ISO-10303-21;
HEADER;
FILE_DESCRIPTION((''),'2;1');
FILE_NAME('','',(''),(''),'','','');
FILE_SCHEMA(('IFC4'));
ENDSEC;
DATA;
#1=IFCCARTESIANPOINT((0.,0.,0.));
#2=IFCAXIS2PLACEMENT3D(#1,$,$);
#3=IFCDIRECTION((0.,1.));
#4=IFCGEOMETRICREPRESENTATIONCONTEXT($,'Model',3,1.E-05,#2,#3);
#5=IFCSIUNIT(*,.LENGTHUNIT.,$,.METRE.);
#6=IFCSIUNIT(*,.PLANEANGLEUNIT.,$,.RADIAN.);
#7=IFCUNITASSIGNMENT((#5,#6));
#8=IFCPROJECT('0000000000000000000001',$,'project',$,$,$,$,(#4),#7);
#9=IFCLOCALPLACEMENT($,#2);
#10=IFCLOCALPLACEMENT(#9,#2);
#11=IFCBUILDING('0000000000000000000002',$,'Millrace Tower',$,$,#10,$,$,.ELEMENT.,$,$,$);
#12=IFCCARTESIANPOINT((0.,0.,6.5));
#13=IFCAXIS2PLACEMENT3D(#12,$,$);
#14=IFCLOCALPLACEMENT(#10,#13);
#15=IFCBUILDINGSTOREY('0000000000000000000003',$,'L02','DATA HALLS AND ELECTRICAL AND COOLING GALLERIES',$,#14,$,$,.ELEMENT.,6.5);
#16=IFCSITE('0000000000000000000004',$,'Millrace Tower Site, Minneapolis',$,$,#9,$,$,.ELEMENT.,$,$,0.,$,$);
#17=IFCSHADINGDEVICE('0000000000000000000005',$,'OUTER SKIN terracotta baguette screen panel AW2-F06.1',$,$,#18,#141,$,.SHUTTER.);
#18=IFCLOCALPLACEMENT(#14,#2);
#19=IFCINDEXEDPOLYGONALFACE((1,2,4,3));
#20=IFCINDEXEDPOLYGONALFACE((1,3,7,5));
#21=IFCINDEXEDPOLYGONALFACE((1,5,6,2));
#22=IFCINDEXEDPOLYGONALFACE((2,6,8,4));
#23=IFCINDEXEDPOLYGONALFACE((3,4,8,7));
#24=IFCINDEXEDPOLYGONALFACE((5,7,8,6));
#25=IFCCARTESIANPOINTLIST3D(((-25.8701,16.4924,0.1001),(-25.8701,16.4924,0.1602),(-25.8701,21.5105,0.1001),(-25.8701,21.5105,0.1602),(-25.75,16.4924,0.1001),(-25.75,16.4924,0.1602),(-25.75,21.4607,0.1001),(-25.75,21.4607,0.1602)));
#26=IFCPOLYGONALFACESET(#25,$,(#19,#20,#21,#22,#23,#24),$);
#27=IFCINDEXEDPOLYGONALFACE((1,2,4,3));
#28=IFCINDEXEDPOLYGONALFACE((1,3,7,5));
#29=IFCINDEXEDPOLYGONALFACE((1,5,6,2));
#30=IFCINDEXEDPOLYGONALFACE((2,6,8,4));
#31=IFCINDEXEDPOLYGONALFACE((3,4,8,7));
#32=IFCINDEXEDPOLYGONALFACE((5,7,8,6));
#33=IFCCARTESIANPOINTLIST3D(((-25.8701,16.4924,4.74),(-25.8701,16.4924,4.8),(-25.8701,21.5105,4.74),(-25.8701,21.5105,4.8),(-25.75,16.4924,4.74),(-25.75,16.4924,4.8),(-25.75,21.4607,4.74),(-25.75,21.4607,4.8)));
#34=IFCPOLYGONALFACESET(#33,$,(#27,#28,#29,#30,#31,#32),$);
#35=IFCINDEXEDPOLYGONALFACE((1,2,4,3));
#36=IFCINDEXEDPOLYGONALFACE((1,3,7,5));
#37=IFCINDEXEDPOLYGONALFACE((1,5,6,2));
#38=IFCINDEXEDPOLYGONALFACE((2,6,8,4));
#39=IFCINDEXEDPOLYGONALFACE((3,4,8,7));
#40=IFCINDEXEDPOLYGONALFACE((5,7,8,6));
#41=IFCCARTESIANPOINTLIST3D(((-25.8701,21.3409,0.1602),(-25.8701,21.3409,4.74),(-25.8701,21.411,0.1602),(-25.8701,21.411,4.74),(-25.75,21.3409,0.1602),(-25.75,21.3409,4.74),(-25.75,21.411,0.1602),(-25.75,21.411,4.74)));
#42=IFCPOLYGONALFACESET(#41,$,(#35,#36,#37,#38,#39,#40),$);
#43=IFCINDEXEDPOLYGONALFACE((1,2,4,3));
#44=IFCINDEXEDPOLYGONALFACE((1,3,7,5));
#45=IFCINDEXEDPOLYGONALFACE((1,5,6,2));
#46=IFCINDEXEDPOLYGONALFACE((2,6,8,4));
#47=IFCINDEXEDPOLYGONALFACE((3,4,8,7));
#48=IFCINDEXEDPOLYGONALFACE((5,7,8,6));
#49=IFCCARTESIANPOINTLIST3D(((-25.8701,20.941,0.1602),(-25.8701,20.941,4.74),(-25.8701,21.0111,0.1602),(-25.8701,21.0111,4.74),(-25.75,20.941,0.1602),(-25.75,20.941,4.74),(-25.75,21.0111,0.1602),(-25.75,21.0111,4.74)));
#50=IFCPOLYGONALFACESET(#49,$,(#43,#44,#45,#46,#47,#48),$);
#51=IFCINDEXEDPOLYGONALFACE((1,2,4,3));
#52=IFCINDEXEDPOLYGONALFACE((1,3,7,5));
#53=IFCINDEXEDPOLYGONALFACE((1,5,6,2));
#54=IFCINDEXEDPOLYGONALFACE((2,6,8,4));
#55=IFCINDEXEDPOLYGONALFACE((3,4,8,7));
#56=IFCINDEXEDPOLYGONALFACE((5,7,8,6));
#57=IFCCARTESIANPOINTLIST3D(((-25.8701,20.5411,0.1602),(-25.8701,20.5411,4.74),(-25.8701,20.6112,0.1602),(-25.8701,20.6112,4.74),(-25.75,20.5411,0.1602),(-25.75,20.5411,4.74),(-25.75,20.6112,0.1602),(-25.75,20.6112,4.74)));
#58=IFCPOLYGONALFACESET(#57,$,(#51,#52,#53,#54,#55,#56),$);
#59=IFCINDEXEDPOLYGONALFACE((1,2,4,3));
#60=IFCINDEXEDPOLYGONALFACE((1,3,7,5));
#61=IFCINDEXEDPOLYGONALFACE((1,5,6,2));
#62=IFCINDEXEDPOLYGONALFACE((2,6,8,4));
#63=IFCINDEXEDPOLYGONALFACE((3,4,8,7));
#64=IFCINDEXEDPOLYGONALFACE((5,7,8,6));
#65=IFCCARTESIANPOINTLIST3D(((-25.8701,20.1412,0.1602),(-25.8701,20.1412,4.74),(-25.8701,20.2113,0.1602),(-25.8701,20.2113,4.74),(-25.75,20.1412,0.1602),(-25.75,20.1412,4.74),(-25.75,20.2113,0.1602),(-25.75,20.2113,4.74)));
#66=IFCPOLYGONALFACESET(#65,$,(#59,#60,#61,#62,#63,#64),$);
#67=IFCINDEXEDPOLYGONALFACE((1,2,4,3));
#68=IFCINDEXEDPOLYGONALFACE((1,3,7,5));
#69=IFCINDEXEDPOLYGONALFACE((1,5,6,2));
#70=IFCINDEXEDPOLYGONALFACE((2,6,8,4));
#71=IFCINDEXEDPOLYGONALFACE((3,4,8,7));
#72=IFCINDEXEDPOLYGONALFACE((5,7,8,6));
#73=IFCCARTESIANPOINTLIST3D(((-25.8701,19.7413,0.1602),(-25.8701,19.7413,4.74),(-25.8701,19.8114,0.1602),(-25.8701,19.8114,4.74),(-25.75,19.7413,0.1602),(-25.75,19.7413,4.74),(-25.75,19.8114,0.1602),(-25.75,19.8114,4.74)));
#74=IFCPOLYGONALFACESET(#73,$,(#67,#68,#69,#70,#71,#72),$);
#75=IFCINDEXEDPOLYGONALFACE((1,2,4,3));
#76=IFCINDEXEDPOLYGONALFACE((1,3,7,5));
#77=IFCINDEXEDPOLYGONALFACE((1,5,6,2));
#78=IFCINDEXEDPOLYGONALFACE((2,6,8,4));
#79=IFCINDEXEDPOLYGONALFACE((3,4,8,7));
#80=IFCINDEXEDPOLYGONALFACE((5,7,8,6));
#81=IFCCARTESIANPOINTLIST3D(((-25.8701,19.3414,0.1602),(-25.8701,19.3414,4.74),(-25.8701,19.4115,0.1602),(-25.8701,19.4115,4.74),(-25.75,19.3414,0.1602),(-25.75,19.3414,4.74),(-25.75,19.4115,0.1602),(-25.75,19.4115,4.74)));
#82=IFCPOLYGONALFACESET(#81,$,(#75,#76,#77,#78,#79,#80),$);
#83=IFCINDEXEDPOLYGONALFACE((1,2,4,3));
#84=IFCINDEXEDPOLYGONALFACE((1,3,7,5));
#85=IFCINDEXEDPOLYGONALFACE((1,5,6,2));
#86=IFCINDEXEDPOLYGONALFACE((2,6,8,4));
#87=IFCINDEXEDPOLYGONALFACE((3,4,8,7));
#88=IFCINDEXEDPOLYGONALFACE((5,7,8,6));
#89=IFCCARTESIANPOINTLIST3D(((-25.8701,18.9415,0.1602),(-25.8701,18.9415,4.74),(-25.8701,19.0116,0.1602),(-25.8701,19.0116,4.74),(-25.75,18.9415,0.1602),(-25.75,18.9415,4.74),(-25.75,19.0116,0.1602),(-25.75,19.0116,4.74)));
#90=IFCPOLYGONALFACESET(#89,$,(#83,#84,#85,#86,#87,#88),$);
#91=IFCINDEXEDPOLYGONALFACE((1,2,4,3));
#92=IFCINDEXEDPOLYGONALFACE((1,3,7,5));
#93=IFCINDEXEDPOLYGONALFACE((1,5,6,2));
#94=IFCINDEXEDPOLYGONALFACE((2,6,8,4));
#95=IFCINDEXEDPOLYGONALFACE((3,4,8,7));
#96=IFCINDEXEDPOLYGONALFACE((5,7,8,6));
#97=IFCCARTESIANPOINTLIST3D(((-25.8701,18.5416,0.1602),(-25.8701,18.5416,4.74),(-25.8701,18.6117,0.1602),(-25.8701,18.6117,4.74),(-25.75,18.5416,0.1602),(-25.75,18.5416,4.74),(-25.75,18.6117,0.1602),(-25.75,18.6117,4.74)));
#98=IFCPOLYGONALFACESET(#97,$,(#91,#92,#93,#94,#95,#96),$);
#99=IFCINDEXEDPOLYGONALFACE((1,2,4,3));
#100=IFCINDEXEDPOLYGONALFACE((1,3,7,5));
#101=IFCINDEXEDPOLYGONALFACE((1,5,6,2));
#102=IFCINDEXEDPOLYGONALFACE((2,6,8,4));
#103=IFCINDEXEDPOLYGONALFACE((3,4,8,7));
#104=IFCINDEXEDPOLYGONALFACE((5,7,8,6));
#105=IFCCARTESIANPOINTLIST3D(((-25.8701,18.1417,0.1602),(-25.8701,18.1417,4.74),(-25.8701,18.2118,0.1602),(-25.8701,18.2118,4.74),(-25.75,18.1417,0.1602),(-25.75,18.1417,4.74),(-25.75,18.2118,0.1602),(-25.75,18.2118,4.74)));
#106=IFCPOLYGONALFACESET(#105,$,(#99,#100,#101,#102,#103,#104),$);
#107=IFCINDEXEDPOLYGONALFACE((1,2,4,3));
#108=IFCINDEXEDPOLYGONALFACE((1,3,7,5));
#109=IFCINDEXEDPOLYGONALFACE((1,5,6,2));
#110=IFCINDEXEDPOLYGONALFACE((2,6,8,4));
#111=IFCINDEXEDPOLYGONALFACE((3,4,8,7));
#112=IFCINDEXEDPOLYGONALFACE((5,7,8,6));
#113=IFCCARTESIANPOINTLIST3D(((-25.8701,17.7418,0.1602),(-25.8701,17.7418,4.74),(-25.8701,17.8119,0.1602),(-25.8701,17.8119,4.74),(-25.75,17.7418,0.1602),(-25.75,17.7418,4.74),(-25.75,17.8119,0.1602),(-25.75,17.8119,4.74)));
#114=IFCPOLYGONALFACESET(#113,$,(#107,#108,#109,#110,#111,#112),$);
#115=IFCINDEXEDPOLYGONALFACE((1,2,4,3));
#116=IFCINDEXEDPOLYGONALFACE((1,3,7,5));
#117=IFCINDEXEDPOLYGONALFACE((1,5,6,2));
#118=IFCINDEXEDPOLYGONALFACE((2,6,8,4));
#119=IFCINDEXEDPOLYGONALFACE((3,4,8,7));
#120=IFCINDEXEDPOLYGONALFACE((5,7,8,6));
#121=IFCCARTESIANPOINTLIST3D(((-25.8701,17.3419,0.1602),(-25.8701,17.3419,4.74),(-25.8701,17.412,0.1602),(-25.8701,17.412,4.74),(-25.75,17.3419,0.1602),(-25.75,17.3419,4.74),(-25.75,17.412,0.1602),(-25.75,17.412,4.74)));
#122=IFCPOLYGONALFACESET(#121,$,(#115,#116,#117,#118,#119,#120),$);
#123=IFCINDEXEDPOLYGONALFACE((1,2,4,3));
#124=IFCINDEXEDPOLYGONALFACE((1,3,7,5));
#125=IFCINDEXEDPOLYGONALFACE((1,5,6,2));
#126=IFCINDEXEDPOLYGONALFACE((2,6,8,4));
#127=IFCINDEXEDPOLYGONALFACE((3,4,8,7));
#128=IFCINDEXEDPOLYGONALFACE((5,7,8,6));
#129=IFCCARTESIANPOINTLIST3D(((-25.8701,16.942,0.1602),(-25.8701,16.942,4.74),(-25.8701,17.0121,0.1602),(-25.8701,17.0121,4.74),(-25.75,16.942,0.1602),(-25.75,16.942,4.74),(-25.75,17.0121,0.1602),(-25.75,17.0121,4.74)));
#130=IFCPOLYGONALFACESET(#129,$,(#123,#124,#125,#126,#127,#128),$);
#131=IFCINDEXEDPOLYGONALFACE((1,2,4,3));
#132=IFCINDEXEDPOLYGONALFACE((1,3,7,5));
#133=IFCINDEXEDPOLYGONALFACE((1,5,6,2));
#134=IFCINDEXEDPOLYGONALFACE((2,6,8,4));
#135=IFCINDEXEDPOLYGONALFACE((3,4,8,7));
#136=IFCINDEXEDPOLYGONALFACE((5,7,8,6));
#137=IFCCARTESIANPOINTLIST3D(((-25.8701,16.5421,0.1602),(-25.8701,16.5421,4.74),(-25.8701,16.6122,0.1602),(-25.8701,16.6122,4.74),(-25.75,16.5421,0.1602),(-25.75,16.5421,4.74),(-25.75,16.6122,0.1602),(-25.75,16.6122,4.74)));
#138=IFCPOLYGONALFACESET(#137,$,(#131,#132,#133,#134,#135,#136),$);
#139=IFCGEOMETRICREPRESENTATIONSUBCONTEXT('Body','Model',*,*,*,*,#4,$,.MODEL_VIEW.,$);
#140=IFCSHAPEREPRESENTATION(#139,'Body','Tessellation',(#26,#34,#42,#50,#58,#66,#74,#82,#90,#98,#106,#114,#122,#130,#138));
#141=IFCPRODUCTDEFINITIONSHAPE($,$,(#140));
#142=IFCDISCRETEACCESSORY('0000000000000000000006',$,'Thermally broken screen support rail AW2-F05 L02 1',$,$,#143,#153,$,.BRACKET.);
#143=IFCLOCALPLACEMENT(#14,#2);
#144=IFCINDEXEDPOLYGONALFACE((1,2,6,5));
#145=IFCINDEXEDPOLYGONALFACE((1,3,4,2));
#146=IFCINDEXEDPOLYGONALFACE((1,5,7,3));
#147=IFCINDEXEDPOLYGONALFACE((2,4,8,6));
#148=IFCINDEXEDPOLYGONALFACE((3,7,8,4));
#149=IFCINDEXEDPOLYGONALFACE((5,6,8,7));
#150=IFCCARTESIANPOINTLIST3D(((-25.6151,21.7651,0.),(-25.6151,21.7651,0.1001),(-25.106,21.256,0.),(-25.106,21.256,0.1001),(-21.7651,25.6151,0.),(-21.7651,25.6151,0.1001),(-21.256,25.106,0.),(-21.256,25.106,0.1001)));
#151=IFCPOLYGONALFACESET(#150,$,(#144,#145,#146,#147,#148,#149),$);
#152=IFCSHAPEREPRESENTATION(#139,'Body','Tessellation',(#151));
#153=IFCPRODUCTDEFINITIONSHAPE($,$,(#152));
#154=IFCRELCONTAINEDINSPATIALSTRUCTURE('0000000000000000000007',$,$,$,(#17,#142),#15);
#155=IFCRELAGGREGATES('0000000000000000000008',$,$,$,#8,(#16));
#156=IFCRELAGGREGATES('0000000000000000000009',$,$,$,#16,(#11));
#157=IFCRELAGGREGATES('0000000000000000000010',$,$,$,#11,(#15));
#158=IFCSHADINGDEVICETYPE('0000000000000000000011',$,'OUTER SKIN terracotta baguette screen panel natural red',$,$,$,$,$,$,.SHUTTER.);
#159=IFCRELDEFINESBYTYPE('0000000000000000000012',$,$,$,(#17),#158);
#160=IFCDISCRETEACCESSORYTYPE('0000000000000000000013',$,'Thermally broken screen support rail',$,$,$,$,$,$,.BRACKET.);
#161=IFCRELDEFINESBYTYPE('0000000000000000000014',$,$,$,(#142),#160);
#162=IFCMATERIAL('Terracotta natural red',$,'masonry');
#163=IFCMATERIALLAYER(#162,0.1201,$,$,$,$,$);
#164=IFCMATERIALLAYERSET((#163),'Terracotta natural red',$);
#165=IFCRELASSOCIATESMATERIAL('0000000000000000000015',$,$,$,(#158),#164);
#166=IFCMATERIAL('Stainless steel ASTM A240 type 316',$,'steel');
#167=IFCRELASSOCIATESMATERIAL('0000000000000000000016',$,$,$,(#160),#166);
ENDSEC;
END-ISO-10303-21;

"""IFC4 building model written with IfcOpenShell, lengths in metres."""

from ifc_helpers import new_model, entity, si_unit, direction, frame, frame_2d, origin, origin_2d, place, context, subcontext, project, spatial, rectangle, extrude, source, transform, mapped, material, layer, layer_set, type_object, element, save


model = new_model("IFC4")

# Units and contexts
model_context = context("Model", 3, precision=1e-05, world=origin(), true_north=direction((0.0, 1.0)))
body_context = subcontext(model_context, "Body", "Model", "MODEL_VIEW")
ifc_project = project(units=[si_unit("LENGTHUNIT", "METRE"), si_unit("PLANEANGLEUNIT", "RADIAN")], contexts=[model_context])

# Site, building, storey
site_placement = place(None, origin())
site = spatial("IfcSite", under=ifc_project, at=site_placement, Name="Millrace Tower Site, Minneapolis", CompositionType="ELEMENT", RefElevation=0.0)
building_placement = place(site_placement, origin())
building = spatial("IfcBuilding", under=site, at=building_placement, Name="Millrace Tower", CompositionType="ELEMENT")
storey_placement = place(building_placement, frame((0.0, 0.0, 6.5)))
storey = spatial("IfcBuildingStorey", under=building, at=storey_placement, Name="L02", Description="DATA HALLS AND ELECTRICAL AND COOLING GALLERIES", CompositionType="ELEMENT", Elevation=6.5)

# Shading device
ifc_material_1 = material(Name="Terracotta natural red", Category="masonry")
ifc_layer_1 = layer(ifc_material_1, 0.1201)
ifc_layer_set_1 = layer_set([ifc_layer_1], Name="Terracotta natural red")
shading_device_type = type_object("IfcShadingDeviceType", Name="OUTER SKIN terracotta baguette screen panel natural red", PredefinedType="SHUTTER", material=ifc_layer_set_1)
cartesian_point_1 = entity("IfcCartesianPoint", [-2.4717, 0.0601])
shared_polyline_1 = entity("IfcPolyline", [cartesian_point_1, entity("IfcCartesianPoint", [2.4966, 0.0601]), entity("IfcCartesianPoint", [2.4966, -0.0601]), entity("IfcCartesianPoint", [-2.5215, -0.0601]), cartesian_point_1])
shared_shape_1 = source(origin(), body_context, "Body", "SweptSolid", [
    entity("IfcExtrudedAreaSolid", entity("IfcArbitraryClosedProfileDef", "AREA", None, shared_polyline_1), entity("IfcAxis2Placement3D", entity("IfcCartesianPoint", [0.0, 0.0, 0.0])), entity("IfcDirection", [0.0, 0.0, 1.0]), 0.0601),
    entity("IfcExtrudedAreaSolid", entity("IfcArbitraryClosedProfileDef", "AREA", None, shared_polyline_1), entity("IfcAxis2Placement3D", entity("IfcCartesianPoint", [0.0, 0.0, 4.6399])), entity("IfcDirection", [0.0, 0.0, 1.0]), 0.0601),
    extrude(rectangle(XDim=0.0701, YDim=0.1201, at=frame_2d((-2.387, 0.0))), frame((0.0, 0.0, 0.0601)), (0.0, 0.0, 1.0), 4.5798),
    extrude(rectangle(XDim=0.0701, YDim=0.1201, at=frame_2d((-1.9871, 0.0))), frame((0.0, 0.0, 0.0601)), (0.0, 0.0, 1.0), 4.5798),
    extrude(rectangle(XDim=0.0701, YDim=0.1201, at=frame_2d((-1.5872, 0.0))), frame((0.0, 0.0, 0.0601)), (0.0, 0.0, 1.0), 4.5798),
    extrude(rectangle(XDim=0.0701, YDim=0.1201, at=frame_2d((-1.1873, 0.0))), frame((0.0, 0.0, 0.0601)), (0.0, 0.0, 1.0), 4.5798),
    extrude(rectangle(XDim=0.0701, YDim=0.1201, at=frame_2d((-0.7874, 0.0))), frame((0.0, 0.0, 0.0601)), (0.0, 0.0, 1.0), 4.5798),
    extrude(rectangle(XDim=0.0701, YDim=0.1201, at=frame_2d((-0.3875, 0.0))), frame((0.0, 0.0, 0.0601)), (0.0, 0.0, 1.0), 4.5798),
    extrude(rectangle(XDim=0.0701, YDim=0.1201, at=frame_2d((0.0125, 0.0))), frame((0.0, 0.0, 0.0601)), (0.0, 0.0, 1.0), 4.5798),
    extrude(rectangle(XDim=0.0701, YDim=0.1201, at=frame_2d((0.4124, 0.0))), frame((0.0, 0.0, 0.0601)), (0.0, 0.0, 1.0), 4.5798),
    extrude(rectangle(XDim=0.0701, YDim=0.1201, at=frame_2d((0.8123, 0.0))), frame((0.0, 0.0, 0.0601)), (0.0, 0.0, 1.0), 4.5798),
    extrude(rectangle(XDim=0.0701, YDim=0.1201, at=frame_2d((1.2122, 0.0))), frame((0.0, 0.0, 0.0601)), (0.0, 0.0, 1.0), 4.5798),
    extrude(rectangle(XDim=0.0701, YDim=0.1201, at=frame_2d((1.6121, 0.0))), frame((0.0, 0.0, 0.0601)), (0.0, 0.0, 1.0), 4.5798),
    extrude(rectangle(XDim=0.0701, YDim=0.1201, at=frame_2d((2.012, 0.0))), frame((0.0, 0.0, 0.0601)), (0.0, 0.0, 1.0), 4.5798),
    extrude(rectangle(XDim=0.0701, YDim=0.1201, at=frame_2d((2.4119, 0.0))), frame((0.0, 0.0, 0.0601)), (0.0, 0.0, 1.0), 4.5798),
])
shading_device_1_placement = place(storey_placement, frame((-25.8101, 18.989, 0.1001), z_axis=(0.0, 0.0, 1.0), x_axis=(0.0, -1.0, 0.0)))
element("IfcShadingDevice", 1, at=shading_device_1_placement, inside=storey, type_object=shading_device_type, Name="OUTER SKIN terracotta baguette screen panel AW2-F06.1", PredefinedType="SHUTTER", context=body_context, shape_type="MappedRepresentation", body=[
    mapped(shared_shape_1, transform((0.0, 0.0, 0.0), scale=1.0)),
])

# Discrete accessory
ifc_material_2 = material(Name="Stainless steel ASTM A240 type 316", Category="steel")
discrete_accessory_type = type_object("IfcDiscreteAccessoryType", Name="Thermally broken screen support rail", PredefinedType="BRACKET", material=ifc_material_2)
discrete_accessory_placement = place(storey_placement, frame((-23.4355, 23.4355, 0.0), z_axis=(0.0, 0.0, 1.0), x_axis=(-0.707107, -0.707107, 0.0)))
element("IfcDiscreteAccessory", 2, at=discrete_accessory_placement, inside=storey, type_object=discrete_accessory_type, Name="Thermally broken screen support rail AW2-F05 L02 1", PredefinedType="BRACKET", context=body_context, shape_type="SweptSolid", body=[
    extrude(rectangle(XDim=5.4448, YDim=0.72, at=origin_2d()), origin(), (0.0, 0.0, 1.0), 0.1001),
])

save(model, "model.ifc")
